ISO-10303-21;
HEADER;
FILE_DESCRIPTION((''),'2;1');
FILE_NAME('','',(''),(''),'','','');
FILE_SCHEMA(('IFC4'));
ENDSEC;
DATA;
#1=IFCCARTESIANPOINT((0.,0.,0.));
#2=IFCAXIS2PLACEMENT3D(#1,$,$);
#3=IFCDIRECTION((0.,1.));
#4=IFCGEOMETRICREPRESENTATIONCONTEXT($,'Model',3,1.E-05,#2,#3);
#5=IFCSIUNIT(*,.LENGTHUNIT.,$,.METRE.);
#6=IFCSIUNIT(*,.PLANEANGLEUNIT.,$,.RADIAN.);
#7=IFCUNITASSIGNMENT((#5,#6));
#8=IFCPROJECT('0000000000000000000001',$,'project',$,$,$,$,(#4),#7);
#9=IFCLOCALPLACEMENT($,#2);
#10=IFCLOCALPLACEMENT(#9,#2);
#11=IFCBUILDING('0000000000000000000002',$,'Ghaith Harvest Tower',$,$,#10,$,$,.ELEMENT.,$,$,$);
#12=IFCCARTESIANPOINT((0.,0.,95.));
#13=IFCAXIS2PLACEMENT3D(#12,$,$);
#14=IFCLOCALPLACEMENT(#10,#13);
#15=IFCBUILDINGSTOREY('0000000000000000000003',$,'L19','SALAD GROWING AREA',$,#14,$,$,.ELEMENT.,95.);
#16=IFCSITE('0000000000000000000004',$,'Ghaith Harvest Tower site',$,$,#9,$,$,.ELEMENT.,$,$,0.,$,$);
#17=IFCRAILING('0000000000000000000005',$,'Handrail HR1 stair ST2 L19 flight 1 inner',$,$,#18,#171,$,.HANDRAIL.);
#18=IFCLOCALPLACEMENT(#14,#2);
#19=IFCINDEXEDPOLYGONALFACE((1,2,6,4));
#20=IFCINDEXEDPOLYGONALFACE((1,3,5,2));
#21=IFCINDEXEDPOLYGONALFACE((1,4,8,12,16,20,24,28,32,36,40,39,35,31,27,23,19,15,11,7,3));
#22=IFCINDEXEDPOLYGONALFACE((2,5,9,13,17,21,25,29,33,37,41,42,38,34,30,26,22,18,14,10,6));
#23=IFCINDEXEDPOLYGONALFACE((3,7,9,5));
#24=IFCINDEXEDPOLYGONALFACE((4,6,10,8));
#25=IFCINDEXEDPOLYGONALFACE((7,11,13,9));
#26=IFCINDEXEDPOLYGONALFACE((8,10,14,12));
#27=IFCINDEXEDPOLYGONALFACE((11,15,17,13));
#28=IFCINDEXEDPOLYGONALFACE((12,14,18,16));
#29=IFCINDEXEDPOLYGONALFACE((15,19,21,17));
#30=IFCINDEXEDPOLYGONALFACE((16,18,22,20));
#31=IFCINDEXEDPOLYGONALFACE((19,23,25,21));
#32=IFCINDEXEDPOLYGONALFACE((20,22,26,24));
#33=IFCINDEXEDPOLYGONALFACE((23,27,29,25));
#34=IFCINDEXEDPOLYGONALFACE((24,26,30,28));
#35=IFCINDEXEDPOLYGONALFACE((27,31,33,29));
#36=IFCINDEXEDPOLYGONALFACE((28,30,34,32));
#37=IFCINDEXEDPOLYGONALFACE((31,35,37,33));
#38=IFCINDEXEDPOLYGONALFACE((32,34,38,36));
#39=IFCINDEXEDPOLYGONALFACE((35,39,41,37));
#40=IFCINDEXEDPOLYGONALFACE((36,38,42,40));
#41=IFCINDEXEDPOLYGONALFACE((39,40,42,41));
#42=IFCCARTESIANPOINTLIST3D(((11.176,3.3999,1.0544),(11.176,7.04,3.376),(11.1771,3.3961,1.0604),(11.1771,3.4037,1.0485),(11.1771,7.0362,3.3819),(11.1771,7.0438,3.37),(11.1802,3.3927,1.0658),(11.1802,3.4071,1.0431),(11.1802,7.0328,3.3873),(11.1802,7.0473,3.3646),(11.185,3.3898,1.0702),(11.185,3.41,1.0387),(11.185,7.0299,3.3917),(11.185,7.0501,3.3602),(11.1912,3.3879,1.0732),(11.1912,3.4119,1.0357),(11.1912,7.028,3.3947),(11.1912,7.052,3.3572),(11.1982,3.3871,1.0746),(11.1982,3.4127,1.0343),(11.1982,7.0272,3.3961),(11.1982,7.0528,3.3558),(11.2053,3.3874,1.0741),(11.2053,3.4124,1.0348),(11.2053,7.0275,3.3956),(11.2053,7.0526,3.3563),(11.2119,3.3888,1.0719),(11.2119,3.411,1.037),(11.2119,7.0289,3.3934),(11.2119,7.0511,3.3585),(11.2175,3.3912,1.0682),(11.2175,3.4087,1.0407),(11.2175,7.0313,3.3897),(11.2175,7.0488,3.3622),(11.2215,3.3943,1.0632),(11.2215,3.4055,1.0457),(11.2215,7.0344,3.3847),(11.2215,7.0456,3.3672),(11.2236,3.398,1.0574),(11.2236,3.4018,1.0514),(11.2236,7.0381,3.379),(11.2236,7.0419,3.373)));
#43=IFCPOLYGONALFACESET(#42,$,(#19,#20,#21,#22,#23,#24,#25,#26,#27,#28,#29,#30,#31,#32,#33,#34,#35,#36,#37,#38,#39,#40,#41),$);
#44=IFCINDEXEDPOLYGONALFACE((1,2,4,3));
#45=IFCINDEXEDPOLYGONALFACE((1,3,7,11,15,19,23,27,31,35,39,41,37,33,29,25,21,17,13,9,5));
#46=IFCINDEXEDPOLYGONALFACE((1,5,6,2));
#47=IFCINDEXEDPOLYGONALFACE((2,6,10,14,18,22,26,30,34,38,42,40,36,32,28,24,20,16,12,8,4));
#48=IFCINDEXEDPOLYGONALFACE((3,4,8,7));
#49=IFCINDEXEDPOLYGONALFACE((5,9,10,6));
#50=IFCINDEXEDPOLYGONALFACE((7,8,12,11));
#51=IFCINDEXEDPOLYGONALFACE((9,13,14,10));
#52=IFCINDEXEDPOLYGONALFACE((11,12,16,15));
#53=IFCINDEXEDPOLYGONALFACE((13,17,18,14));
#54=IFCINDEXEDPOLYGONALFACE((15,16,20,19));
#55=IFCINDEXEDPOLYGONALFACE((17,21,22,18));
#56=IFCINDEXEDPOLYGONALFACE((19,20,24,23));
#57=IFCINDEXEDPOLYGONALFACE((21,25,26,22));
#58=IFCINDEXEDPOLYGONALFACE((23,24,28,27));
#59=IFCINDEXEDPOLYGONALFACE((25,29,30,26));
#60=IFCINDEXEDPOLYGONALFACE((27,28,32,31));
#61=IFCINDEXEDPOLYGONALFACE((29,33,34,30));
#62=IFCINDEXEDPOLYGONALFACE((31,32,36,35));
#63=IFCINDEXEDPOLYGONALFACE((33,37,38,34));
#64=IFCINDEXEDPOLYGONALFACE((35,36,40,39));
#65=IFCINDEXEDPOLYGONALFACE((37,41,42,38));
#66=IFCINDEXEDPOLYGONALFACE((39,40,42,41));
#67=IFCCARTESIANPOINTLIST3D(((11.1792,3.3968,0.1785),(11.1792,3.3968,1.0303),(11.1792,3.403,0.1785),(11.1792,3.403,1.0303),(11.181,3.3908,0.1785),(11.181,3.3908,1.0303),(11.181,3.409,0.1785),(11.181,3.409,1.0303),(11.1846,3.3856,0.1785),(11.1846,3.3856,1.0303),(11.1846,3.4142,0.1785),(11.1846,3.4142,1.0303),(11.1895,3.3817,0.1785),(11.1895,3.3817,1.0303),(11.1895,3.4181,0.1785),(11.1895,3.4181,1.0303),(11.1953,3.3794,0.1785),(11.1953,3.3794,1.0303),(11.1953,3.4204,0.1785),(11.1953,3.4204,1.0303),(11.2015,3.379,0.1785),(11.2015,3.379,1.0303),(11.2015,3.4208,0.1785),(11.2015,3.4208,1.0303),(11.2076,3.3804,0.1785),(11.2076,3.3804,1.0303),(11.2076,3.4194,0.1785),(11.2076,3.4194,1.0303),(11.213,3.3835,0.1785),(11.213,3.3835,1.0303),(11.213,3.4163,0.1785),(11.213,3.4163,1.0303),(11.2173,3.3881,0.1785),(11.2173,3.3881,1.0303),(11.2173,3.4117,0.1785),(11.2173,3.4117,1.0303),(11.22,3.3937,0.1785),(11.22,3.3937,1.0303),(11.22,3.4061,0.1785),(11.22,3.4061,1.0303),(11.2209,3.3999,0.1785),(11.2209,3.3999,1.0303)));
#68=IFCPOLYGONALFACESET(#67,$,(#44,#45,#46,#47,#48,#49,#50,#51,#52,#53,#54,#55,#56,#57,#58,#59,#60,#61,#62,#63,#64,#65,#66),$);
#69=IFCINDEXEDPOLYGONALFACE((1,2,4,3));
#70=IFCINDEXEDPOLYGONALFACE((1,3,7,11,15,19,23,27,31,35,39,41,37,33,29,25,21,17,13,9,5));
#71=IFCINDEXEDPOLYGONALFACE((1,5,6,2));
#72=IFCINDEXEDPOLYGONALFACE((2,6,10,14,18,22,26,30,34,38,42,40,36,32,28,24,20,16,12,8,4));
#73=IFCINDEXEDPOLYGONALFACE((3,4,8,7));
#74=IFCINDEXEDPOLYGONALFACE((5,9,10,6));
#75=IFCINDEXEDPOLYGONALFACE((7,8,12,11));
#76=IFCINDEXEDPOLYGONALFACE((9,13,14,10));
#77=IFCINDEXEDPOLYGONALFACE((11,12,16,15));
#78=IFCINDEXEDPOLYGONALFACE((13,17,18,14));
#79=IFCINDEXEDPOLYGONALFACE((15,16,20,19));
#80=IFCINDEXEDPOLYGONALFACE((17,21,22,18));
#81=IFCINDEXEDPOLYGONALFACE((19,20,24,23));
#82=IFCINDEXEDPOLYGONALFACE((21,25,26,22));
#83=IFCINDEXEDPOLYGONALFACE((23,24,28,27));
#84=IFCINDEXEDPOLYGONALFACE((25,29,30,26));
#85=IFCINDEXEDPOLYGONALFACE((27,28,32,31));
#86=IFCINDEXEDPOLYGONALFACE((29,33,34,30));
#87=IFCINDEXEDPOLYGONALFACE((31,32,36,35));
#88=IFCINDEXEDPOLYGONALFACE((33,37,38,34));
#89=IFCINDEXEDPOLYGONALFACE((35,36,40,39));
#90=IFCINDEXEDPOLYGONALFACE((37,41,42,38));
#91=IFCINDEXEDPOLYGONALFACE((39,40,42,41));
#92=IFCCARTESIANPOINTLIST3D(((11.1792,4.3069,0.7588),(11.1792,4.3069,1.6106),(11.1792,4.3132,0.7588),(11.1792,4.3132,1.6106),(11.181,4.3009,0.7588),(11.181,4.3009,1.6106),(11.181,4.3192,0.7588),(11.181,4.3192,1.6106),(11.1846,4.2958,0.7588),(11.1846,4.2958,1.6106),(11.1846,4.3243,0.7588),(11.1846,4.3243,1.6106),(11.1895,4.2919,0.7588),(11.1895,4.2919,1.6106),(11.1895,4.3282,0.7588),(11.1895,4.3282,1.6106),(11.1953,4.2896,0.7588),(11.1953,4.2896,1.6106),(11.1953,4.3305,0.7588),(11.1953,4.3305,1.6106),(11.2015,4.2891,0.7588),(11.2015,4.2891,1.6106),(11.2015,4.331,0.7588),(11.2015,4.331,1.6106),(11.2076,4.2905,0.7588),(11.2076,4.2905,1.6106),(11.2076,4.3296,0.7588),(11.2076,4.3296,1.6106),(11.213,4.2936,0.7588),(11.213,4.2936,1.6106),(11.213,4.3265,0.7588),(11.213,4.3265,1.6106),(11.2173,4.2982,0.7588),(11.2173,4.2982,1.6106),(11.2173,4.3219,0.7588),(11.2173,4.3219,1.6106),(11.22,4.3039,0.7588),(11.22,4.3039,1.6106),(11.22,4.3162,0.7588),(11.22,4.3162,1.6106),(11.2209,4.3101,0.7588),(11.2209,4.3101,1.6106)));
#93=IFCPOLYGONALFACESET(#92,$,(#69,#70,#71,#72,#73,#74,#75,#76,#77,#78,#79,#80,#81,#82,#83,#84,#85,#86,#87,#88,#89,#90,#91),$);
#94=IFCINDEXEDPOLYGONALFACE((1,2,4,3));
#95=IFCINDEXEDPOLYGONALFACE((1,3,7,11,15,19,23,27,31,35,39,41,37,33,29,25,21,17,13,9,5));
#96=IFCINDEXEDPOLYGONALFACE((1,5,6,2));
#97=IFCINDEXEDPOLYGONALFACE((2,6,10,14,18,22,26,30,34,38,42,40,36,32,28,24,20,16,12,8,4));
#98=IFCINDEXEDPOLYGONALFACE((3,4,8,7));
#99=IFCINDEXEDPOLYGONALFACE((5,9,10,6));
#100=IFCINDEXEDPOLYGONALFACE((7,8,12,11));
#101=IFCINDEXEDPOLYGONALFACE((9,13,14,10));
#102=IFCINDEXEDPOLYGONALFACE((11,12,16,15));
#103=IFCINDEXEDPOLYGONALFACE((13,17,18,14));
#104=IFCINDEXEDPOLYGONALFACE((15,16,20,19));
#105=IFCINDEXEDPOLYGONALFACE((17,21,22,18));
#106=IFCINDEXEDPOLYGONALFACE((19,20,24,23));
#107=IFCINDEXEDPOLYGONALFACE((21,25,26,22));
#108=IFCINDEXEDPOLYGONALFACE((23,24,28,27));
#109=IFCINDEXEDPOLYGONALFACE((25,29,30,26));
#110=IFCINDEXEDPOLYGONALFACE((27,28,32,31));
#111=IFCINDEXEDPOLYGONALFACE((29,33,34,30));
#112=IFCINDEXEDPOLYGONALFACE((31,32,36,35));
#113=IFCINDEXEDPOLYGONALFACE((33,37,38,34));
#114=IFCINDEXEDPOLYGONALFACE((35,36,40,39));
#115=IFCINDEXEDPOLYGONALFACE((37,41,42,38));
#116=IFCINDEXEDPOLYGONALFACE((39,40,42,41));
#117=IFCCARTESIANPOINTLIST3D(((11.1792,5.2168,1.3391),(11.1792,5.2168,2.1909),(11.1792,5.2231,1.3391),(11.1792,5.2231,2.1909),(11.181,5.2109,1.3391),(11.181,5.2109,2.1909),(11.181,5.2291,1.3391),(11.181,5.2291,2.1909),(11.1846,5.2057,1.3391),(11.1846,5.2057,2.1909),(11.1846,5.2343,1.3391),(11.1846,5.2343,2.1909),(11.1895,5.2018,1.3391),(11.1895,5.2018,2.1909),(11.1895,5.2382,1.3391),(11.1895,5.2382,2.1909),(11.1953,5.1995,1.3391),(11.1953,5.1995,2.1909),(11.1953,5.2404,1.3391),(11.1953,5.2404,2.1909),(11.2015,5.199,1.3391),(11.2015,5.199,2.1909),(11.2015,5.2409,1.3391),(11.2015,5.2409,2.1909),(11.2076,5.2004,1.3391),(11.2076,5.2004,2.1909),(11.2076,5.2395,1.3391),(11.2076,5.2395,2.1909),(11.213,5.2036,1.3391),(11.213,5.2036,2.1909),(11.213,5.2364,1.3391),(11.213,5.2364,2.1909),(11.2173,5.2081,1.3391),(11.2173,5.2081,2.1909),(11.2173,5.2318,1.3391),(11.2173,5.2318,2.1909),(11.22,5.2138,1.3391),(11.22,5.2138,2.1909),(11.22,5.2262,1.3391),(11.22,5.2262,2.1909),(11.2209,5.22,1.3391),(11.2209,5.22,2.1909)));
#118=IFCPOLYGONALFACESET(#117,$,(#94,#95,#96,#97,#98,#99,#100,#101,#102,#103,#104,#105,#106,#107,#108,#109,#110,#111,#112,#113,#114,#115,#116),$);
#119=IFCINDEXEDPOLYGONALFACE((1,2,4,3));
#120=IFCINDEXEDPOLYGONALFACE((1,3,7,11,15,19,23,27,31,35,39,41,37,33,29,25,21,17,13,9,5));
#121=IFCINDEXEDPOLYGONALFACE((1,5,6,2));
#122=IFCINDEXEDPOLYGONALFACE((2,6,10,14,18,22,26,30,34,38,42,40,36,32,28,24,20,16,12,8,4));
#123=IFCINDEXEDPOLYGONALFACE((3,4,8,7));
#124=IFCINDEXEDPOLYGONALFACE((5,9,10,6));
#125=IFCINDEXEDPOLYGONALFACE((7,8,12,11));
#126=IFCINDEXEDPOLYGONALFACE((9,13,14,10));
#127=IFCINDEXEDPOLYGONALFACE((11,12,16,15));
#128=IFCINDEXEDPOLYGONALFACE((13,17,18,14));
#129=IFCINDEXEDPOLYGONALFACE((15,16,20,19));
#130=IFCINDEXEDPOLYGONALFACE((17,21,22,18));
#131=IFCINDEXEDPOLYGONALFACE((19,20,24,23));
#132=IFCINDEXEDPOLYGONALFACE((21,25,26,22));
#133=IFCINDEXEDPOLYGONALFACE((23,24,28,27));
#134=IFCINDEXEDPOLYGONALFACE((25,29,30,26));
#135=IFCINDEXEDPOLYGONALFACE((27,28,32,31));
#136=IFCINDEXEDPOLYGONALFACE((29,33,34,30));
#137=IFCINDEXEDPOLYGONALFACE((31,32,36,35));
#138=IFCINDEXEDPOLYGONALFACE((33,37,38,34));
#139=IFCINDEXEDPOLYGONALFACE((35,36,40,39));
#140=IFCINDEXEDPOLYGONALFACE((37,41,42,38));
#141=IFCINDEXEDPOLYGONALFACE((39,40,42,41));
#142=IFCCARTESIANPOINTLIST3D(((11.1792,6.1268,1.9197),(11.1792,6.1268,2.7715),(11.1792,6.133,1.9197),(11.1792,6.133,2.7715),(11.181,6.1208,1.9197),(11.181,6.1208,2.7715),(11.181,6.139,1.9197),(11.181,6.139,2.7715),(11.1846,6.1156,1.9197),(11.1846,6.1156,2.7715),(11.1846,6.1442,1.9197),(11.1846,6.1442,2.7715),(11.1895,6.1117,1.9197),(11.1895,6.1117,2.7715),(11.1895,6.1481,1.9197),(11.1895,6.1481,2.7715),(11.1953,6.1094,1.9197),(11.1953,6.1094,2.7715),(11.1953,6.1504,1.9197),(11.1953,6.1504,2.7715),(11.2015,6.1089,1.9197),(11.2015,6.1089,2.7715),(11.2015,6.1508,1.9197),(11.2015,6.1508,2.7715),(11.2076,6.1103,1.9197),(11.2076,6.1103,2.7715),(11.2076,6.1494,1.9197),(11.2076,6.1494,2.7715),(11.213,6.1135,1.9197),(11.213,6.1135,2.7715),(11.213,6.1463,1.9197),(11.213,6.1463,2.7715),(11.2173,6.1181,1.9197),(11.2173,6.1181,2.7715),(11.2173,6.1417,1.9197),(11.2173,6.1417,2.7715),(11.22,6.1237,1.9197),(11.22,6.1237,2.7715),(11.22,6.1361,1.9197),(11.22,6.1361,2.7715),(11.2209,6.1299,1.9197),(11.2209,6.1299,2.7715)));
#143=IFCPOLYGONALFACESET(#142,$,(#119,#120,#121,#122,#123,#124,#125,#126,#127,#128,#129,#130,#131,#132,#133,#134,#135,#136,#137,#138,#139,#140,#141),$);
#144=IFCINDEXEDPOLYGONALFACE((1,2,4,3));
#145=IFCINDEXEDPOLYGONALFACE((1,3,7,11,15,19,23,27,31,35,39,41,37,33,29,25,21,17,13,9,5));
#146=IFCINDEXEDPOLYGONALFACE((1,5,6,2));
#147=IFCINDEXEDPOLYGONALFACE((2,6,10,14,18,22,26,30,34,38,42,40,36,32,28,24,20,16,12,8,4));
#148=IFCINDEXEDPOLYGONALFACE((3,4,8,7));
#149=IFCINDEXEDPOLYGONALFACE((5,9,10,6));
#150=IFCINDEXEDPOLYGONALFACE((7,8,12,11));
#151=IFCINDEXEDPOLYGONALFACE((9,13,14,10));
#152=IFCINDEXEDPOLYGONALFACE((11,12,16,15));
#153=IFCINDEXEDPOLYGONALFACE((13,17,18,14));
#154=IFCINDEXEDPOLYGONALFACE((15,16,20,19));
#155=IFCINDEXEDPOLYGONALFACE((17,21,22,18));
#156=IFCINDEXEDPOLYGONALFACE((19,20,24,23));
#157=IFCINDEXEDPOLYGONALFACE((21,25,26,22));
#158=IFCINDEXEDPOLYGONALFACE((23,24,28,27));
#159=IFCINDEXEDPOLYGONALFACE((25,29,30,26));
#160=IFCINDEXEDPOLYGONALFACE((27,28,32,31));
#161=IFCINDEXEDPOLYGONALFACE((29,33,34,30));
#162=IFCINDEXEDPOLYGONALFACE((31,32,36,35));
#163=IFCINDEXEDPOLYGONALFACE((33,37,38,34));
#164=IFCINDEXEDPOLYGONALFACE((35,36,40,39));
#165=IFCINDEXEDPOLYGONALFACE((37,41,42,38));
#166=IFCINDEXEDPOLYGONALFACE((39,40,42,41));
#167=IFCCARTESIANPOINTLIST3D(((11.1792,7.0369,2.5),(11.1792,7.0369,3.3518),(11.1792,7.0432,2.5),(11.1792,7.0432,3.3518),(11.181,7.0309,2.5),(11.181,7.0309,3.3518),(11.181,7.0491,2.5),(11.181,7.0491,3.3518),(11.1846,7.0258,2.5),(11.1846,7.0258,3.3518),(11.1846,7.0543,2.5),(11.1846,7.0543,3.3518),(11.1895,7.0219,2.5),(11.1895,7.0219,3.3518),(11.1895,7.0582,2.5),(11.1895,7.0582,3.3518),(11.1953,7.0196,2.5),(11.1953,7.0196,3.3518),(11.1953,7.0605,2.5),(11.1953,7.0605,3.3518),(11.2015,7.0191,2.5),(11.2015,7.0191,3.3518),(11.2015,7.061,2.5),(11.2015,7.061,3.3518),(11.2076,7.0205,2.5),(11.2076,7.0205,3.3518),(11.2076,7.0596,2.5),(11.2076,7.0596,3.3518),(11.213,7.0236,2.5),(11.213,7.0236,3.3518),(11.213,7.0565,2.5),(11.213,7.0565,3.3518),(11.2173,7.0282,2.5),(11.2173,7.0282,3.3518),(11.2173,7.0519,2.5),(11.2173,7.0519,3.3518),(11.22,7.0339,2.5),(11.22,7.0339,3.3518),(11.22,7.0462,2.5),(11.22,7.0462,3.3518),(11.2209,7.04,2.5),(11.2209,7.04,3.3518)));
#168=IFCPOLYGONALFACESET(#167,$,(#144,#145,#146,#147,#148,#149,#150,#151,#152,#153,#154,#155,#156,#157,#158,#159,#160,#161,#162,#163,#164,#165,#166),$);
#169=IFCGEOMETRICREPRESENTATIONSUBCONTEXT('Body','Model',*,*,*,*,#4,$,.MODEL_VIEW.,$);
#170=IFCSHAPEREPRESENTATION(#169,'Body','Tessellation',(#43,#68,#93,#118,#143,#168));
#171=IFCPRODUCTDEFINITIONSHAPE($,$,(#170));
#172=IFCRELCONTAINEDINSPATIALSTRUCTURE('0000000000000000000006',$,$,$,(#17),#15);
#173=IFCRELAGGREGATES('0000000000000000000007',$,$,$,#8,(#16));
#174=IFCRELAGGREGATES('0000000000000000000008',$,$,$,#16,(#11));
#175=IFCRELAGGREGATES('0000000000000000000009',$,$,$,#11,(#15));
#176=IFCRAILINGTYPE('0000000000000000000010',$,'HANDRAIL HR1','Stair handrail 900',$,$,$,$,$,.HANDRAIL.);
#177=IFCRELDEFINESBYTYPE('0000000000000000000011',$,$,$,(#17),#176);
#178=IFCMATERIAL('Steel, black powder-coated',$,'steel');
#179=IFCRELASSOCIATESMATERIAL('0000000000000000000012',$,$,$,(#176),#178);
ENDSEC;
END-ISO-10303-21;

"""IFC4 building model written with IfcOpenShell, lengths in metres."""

from ifc_helpers import new_model, si_unit, direction, frame, origin, origin_2d, place, context, subcontext, project, spatial, circle, extrude, material, type_object, element, save


model = new_model("IFC4")

# Units and contexts
model_context = context("Model", 3, precision=1e-05, world=origin(), true_north=direction((0.0, 1.0)))
body_context = subcontext(model_context, "Body", "Model", "MODEL_VIEW")
ifc_project = project(units=[si_unit("LENGTHUNIT", "METRE"), si_unit("PLANEANGLEUNIT", "RADIAN")], contexts=[model_context])

# Site, building, storey
site_placement = place(None, origin())
site = spatial("IfcSite", under=ifc_project, at=site_placement, Name="Ghaith Harvest Tower site", CompositionType="ELEMENT", RefElevation=0.0)
building_placement = place(site_placement, origin())
building = spatial("IfcBuilding", under=site, at=building_placement, Name="Ghaith Harvest Tower", CompositionType="ELEMENT")
storey_placement = place(building_placement, frame((0.0, 0.0, 95.0)))
storey = spatial("IfcBuildingStorey", under=building, at=storey_placement, Name="L19", Description="SALAD GROWING AREA", CompositionType="ELEMENT", Elevation=95.0)

# Railing
ifc_material_1 = material(Name="Steel, black powder-coated", Category="steel")
railing_type = type_object("IfcRailingType", Name="HANDRAIL HR1", Description="Stair handrail 900", PredefinedType="HANDRAIL", material=ifc_material_1)
railing_1_placement = place(storey_placement, frame((11.2, 3.3999, 0.1785)))
element("IfcRailing", 1, at=railing_1_placement, inside=storey, type_object=railing_type, Name="Handrail HR1 stair ST2 L19 flight 1 inner", PredefinedType="HANDRAIL", context=body_context, shape_type="SweptSolid", body=[
    extrude(circle(Radius=0.0239, at=origin_2d()), frame((0.0, 0.0, 0.876), z_axis=(0.0, 0.843128, 0.537713), x_axis=(-1.0, 0.0, 0.0)), (0.0, 0.0, 1.0), 4.3174),
    extrude(circle(Radius=0.021, at=origin_2d()), origin(), (0.0, 0.0, 1.0), 0.8518),
    extrude(circle(Radius=0.021, at=origin_2d()), frame((0.0, 0.9102, 0.5803)), (0.0, 0.0, 1.0), 0.8518),
    extrude(circle(Radius=0.021, at=origin_2d()), frame((0.0, 1.8201, 1.1606)), (0.0, 0.0, 1.0), 0.8518),
    extrude(circle(Radius=0.021, at=origin_2d()), frame((0.0, 2.73, 1.7412)), (0.0, 0.0, 1.0), 0.8518),
    extrude(circle(Radius=0.021, at=origin_2d()), frame((0.0, 3.6401, 2.3215)), (0.0, 0.0, 1.0), 0.8518),
])

save(model, "model.ifc")
